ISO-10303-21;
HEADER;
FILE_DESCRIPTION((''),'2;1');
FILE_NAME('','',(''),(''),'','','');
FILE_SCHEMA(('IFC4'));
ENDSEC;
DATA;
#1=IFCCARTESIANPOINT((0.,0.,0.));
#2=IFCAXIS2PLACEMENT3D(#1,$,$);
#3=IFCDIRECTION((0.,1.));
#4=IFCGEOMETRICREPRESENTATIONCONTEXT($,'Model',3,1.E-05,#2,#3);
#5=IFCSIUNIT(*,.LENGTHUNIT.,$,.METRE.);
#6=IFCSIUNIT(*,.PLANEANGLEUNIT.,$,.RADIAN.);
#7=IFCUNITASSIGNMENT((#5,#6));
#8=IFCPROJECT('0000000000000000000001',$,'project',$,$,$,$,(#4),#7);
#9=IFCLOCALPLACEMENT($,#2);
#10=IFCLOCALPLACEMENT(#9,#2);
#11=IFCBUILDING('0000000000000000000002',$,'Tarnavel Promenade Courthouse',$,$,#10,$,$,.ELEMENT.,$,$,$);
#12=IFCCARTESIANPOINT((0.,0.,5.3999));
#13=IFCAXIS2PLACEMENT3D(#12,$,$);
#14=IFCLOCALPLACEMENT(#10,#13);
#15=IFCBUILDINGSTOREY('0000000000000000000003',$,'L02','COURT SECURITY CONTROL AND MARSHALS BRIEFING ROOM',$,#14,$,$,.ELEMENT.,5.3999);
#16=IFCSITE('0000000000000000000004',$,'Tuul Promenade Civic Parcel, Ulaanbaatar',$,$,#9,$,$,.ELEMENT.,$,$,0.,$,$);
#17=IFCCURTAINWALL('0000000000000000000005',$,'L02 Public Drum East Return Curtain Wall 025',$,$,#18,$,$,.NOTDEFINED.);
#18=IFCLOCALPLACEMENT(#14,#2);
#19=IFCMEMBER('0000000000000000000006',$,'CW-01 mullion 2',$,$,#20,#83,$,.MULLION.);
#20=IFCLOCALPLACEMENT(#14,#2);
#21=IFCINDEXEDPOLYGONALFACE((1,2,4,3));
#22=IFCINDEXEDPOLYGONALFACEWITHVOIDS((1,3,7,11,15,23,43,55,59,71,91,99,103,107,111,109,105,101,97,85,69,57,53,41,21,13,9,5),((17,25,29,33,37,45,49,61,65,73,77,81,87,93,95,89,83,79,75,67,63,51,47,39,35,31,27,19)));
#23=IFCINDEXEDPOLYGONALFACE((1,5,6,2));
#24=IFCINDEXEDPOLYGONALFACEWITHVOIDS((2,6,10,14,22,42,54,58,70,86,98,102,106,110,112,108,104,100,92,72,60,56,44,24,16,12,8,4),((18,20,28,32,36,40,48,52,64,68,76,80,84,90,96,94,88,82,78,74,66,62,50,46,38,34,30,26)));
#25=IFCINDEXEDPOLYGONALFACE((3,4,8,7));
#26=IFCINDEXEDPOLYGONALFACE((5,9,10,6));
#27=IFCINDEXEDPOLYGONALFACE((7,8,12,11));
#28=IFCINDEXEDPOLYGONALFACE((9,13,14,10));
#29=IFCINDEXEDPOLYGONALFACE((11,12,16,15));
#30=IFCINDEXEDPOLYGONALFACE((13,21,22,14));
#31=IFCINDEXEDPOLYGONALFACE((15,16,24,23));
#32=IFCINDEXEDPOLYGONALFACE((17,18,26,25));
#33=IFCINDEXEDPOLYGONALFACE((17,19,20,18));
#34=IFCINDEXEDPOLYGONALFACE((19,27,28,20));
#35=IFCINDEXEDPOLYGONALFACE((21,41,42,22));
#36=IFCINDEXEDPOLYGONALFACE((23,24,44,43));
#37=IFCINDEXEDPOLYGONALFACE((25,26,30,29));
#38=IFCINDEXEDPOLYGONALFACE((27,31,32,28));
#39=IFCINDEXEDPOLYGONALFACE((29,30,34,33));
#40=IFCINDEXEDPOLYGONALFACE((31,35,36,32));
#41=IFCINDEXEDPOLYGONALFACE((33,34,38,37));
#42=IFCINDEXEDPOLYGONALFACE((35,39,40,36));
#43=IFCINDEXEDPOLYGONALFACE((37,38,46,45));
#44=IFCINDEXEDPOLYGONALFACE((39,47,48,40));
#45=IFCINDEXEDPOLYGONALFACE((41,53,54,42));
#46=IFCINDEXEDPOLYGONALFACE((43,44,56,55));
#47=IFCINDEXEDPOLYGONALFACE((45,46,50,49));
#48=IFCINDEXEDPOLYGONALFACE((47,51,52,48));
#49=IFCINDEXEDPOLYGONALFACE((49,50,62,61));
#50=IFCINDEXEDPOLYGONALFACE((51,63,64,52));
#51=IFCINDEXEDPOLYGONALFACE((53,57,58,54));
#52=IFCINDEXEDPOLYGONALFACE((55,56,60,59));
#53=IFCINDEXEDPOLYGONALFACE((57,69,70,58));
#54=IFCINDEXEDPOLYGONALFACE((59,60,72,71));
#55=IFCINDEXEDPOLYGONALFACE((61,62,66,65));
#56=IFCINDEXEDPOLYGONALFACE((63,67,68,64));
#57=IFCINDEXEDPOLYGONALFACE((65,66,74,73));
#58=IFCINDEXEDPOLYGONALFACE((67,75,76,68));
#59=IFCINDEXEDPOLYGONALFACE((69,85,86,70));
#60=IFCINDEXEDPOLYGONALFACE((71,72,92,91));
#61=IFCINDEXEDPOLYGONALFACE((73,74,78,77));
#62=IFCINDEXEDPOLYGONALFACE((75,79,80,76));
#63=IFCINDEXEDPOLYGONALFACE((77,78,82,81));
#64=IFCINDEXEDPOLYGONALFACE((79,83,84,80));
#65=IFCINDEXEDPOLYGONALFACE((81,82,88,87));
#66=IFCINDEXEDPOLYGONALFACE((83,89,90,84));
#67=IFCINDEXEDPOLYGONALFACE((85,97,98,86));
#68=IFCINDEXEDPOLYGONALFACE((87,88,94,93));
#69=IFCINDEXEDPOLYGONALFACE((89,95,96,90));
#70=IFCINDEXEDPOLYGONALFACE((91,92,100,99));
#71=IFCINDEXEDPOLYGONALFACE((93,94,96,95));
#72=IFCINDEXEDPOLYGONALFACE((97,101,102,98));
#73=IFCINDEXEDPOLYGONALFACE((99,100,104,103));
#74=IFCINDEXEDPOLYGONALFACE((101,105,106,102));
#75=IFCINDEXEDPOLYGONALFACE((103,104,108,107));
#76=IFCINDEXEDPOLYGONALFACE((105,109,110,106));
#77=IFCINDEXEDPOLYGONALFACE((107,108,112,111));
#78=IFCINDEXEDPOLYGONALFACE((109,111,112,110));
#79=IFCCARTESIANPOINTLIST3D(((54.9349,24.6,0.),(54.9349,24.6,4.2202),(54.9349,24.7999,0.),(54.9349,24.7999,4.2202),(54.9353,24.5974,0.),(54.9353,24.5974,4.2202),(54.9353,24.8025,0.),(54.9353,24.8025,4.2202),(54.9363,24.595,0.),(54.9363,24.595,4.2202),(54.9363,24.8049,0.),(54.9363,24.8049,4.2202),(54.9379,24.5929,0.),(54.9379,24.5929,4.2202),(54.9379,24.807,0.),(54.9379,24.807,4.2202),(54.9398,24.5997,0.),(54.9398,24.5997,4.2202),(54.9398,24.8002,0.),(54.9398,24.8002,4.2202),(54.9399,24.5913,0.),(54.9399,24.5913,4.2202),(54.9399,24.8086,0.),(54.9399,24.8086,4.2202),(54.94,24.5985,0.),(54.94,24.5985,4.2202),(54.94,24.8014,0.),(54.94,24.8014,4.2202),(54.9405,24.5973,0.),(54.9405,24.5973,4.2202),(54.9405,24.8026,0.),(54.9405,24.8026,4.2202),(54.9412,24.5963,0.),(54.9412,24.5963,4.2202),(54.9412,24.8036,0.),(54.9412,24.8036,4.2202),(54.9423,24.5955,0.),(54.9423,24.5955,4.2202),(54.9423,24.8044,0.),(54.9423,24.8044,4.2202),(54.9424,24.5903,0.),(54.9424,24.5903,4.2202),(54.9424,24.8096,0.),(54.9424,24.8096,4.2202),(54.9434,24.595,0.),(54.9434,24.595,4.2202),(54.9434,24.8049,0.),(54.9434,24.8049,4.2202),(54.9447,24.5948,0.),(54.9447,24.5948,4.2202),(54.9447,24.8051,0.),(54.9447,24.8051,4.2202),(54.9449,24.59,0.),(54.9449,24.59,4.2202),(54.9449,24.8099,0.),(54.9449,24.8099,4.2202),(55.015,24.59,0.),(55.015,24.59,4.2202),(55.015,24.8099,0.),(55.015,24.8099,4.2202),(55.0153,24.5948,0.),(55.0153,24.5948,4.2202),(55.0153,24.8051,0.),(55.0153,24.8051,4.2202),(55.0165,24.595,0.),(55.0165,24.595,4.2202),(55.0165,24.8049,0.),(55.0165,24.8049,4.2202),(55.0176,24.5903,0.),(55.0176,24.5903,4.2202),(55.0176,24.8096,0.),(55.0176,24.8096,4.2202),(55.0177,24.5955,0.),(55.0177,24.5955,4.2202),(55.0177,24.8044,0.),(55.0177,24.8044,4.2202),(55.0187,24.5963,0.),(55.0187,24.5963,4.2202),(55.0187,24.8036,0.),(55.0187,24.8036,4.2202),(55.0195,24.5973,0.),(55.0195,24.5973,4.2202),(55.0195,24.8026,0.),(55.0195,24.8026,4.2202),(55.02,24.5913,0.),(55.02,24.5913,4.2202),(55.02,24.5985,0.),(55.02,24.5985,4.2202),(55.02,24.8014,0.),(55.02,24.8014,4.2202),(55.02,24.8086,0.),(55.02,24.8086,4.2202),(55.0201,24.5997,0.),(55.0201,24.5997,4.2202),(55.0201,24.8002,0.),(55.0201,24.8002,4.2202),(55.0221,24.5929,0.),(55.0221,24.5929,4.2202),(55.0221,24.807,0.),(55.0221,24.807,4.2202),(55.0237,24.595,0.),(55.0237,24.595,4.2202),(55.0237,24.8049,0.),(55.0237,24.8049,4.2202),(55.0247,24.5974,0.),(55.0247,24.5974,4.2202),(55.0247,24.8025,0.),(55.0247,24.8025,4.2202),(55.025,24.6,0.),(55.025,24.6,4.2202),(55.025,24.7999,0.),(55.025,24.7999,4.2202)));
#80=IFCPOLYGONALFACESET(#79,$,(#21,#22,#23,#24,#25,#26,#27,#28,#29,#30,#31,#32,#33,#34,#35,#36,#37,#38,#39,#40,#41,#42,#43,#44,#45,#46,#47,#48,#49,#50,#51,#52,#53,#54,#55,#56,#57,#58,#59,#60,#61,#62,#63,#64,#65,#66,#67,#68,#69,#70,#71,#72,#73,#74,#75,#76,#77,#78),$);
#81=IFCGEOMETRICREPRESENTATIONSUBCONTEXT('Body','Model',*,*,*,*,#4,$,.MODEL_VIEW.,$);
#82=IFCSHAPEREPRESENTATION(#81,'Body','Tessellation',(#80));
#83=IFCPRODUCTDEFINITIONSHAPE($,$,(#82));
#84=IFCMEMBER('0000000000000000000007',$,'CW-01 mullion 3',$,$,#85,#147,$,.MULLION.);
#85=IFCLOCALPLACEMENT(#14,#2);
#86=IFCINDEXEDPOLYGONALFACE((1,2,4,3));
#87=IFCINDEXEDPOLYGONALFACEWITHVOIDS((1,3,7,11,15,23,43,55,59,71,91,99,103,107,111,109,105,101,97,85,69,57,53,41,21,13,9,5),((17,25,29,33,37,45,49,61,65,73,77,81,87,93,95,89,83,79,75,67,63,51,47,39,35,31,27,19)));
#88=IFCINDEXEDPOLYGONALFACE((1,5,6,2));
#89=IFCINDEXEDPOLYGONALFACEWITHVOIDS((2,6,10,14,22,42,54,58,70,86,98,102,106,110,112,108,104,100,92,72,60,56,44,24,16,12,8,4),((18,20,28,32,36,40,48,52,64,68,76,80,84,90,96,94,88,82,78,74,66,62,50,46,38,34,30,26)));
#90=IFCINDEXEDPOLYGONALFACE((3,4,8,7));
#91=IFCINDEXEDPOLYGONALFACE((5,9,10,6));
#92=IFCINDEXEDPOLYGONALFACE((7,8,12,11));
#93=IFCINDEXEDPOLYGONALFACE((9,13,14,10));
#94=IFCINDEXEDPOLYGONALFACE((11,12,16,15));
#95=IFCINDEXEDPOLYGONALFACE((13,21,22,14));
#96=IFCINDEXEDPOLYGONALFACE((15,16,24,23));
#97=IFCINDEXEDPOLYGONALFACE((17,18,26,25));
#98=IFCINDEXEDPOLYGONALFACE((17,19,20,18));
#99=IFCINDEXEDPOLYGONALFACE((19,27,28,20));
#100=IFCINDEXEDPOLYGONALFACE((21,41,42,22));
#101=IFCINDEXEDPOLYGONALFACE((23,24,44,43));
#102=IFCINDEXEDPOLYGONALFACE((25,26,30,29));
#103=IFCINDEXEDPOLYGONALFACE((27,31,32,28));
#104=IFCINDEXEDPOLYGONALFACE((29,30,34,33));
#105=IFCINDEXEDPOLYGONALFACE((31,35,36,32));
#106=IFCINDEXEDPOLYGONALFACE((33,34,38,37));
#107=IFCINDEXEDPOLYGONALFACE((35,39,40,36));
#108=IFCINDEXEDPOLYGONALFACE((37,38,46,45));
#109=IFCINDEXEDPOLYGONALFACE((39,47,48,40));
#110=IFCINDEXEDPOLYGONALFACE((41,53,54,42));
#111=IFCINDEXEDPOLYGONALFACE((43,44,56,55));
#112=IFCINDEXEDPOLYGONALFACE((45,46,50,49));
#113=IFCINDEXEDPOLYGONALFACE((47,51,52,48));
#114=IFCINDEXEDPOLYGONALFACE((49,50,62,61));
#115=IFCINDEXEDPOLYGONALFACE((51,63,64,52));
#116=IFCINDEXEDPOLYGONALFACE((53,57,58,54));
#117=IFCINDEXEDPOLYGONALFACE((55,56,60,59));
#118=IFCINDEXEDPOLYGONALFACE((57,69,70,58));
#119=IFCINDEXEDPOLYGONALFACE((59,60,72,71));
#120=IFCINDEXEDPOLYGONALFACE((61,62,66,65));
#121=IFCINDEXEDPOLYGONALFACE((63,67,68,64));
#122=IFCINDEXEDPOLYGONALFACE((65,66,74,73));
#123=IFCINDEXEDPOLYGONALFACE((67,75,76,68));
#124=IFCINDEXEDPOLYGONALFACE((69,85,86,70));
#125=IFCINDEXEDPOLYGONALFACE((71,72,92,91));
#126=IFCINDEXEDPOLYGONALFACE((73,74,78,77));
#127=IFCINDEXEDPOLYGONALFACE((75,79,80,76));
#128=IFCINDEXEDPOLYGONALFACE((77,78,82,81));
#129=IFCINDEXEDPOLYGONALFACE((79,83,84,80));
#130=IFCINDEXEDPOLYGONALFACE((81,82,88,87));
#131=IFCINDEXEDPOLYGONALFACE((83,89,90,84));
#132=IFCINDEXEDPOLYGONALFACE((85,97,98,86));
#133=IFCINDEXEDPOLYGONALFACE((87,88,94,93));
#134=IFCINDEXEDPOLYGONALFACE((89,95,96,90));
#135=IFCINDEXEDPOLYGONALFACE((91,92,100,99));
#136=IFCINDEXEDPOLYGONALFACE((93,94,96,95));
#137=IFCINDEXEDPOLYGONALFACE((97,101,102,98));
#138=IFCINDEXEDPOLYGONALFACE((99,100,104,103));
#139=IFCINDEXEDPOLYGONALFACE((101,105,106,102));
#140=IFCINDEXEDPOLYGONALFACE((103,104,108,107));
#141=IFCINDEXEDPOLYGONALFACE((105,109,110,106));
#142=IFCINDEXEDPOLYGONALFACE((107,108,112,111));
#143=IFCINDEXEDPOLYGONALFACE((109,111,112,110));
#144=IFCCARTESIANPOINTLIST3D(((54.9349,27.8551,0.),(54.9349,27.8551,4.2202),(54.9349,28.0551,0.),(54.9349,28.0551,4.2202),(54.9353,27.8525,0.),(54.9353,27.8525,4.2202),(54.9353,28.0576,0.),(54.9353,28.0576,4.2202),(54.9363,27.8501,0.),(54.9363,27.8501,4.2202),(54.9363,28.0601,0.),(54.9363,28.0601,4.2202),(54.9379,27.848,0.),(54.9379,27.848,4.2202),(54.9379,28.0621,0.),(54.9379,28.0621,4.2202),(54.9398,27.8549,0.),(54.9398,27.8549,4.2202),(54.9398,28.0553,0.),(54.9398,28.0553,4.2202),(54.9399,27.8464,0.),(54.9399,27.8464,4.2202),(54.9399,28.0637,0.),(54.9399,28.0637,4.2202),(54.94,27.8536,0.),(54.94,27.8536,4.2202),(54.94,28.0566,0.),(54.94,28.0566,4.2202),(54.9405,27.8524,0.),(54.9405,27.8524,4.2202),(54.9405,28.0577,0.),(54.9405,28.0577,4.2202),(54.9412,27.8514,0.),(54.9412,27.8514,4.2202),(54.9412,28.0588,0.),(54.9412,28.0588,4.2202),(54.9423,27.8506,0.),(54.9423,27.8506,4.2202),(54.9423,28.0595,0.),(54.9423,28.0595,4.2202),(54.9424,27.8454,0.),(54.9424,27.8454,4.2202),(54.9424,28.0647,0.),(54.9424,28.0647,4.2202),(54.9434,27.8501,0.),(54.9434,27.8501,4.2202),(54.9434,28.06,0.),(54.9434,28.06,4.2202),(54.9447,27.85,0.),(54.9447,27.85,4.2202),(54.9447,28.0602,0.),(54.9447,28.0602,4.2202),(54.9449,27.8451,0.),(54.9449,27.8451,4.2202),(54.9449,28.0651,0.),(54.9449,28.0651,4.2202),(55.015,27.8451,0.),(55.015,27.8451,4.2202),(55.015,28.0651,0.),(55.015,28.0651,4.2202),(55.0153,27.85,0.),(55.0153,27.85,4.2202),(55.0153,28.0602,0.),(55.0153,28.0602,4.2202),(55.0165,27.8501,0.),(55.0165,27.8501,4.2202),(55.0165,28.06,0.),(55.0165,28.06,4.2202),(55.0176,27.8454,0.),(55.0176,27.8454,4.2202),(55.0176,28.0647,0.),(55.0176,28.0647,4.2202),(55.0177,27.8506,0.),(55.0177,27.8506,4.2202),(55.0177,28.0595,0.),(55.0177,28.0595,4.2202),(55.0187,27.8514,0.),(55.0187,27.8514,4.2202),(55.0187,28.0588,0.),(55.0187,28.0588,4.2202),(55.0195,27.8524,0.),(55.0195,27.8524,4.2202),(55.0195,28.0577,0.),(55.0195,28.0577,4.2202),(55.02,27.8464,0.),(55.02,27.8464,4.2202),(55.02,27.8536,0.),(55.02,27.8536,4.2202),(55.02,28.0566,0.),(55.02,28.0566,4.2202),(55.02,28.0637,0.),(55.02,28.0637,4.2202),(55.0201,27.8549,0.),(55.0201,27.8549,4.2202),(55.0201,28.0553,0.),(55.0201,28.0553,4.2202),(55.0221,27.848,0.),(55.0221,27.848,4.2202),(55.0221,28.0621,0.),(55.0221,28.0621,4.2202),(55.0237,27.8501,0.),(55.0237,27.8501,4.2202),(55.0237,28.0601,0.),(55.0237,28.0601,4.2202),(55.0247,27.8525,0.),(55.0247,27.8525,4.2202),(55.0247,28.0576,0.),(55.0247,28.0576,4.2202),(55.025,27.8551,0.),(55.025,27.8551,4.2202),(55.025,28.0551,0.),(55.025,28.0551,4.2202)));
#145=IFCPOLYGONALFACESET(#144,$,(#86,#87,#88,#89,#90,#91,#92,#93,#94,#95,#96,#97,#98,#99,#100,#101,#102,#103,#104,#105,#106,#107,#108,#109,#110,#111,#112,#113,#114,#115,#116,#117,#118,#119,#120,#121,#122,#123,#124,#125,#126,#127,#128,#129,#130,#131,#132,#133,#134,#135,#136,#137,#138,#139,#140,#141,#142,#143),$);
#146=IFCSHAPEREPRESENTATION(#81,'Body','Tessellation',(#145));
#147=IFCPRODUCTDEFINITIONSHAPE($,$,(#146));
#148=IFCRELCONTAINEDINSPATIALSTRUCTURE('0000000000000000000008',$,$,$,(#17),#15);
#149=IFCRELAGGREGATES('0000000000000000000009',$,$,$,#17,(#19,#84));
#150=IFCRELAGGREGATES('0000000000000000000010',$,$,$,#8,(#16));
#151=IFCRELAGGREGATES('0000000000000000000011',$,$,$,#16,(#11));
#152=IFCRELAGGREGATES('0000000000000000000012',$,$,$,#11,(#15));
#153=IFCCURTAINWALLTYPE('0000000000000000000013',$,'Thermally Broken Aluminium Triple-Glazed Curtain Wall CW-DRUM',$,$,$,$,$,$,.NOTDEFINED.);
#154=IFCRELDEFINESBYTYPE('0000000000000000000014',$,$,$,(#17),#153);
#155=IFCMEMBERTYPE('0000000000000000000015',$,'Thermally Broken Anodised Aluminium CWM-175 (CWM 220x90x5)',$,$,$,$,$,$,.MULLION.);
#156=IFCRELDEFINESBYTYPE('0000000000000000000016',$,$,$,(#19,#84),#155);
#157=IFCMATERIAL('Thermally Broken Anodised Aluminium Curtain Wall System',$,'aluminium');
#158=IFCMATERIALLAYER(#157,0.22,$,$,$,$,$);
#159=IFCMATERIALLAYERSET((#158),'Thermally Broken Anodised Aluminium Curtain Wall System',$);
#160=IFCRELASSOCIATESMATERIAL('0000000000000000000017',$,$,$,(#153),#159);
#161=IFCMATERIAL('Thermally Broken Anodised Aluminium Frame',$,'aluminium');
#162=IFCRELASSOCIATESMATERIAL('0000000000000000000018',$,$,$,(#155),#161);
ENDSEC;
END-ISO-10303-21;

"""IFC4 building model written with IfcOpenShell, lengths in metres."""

from ifc_helpers import new_model, si_unit, direction, frame, origin, origin_2d, place, context, subcontext, project, spatial, hollow_rectangle, extrude, material, layer, layer_set, material_profile, profile_set, type_object, element, aggregate, save


model = new_model("IFC4")

# Units and contexts
model_context = context("Model", 3, precision=1e-05, world=origin(), true_north=direction((0.0, 1.0)))
body_context = subcontext(model_context, "Body", "Model", "MODEL_VIEW")
ifc_project = project(units=[si_unit("LENGTHUNIT", "METRE"), si_unit("PLANEANGLEUNIT", "RADIAN")], contexts=[model_context])

# Site, building, storey
site_placement = place(None, origin())
site = spatial("IfcSite", under=ifc_project, at=site_placement, Name="Tuul Promenade Civic Parcel, Ulaanbaatar", CompositionType="ELEMENT", RefElevation=0.0)
building_placement = place(site_placement, origin())
building = spatial("IfcBuilding", under=site, at=building_placement, Name="Tarnavel Promenade Courthouse", CompositionType="ELEMENT")
storey_placement = place(building_placement, frame((0.0, 0.0, 5.3999)))
storey = spatial("IfcBuildingStorey", under=building, at=storey_placement, Name="L02", Description="COURT SECURITY CONTROL AND MARSHALS BRIEFING ROOM", CompositionType="ELEMENT", Elevation=5.3999)

# Curtain wall, members
ifc_material_1 = material(Name="Thermally Broken Anodised Aluminium Curtain Wall System", Category="aluminium")
ifc_layer_1 = layer(ifc_material_1, 0.22)
ifc_layer_set_1 = layer_set([ifc_layer_1], Name="Thermally Broken Anodised Aluminium Curtain Wall System")
curtain_wall_type_1 = type_object("IfcCurtainWallType", Name="Thermally Broken Aluminium Triple-Glazed Curtain Wall CW-DRUM", PredefinedType="NOTDEFINED", material=ifc_layer_set_1)
curtain_wall_1_placement = place(storey_placement, origin())
curtain_wall_1 = element("IfcCurtainWall", 1, at=curtain_wall_1_placement, inside=storey, type_object=curtain_wall_type_1, Name="L02 Public Drum East Return Curtain Wall 025", PredefinedType="NOTDEFINED")
ifc_material_2 = material(Name="Thermally Broken Anodised Aluminium Frame", Category="aluminium")
ifc_material_profile_1 = material_profile(ifc_material_2, hollow_rectangle(XDim=0.0901, YDim=0.22, WallThickness=0.0049, InnerFilletRadius=0.0049, OuterFilletRadius=0.01, at=origin_2d()), Name="CWM 220x90x5")
ifc_profile_set_1 = profile_set([ifc_material_profile_1], Name="Thermally Broken Anodised Aluminium Frame")
member_type_1 = type_object("IfcMemberType", Name="Thermally Broken Anodised Aluminium CWM-175 (CWM 220x90x5)", PredefinedType="MULLION", material=ifc_profile_set_1)
member_1_placement = place(storey_placement, frame((54.98, 24.7, 0.0), z_axis=(0.0, 0.0, 1.0), x_axis=(-1.0, 0.0, 0.0)))
member_1 = element("IfcMember", 2, at=member_1_placement, type_object=member_type_1, Name="CW-01 mullion 2", PredefinedType="MULLION", context=body_context, shape_type="SweptSolid", body=[
    extrude(hollow_rectangle(XDim=0.0901, YDim=0.22, WallThickness=0.0049, InnerFilletRadius=0.0049, OuterFilletRadius=0.01, at=origin_2d()), origin(), (0.0, 0.0, 1.0), 4.2202),
])
member_2_placement = place(storey_placement, frame((54.98, 27.9551, 0.0), z_axis=(0.0, 0.0, 1.0), x_axis=(-1.0, 0.0, 0.0)))
member_2 = element("IfcMember", 3, at=member_2_placement, type_object=member_type_1, Name="CW-01 mullion 3", PredefinedType="MULLION", context=body_context, shape_type="SweptSolid", body=[
    extrude(hollow_rectangle(XDim=0.0901, YDim=0.22, WallThickness=0.0049, InnerFilletRadius=0.0049, OuterFilletRadius=0.01, at=origin_2d()), origin(), (0.0, 0.0, 1.0), 4.2202),
])

aggregate(curtain_wall_1, [member_1, member_2])

save(model, "model.ifc")
